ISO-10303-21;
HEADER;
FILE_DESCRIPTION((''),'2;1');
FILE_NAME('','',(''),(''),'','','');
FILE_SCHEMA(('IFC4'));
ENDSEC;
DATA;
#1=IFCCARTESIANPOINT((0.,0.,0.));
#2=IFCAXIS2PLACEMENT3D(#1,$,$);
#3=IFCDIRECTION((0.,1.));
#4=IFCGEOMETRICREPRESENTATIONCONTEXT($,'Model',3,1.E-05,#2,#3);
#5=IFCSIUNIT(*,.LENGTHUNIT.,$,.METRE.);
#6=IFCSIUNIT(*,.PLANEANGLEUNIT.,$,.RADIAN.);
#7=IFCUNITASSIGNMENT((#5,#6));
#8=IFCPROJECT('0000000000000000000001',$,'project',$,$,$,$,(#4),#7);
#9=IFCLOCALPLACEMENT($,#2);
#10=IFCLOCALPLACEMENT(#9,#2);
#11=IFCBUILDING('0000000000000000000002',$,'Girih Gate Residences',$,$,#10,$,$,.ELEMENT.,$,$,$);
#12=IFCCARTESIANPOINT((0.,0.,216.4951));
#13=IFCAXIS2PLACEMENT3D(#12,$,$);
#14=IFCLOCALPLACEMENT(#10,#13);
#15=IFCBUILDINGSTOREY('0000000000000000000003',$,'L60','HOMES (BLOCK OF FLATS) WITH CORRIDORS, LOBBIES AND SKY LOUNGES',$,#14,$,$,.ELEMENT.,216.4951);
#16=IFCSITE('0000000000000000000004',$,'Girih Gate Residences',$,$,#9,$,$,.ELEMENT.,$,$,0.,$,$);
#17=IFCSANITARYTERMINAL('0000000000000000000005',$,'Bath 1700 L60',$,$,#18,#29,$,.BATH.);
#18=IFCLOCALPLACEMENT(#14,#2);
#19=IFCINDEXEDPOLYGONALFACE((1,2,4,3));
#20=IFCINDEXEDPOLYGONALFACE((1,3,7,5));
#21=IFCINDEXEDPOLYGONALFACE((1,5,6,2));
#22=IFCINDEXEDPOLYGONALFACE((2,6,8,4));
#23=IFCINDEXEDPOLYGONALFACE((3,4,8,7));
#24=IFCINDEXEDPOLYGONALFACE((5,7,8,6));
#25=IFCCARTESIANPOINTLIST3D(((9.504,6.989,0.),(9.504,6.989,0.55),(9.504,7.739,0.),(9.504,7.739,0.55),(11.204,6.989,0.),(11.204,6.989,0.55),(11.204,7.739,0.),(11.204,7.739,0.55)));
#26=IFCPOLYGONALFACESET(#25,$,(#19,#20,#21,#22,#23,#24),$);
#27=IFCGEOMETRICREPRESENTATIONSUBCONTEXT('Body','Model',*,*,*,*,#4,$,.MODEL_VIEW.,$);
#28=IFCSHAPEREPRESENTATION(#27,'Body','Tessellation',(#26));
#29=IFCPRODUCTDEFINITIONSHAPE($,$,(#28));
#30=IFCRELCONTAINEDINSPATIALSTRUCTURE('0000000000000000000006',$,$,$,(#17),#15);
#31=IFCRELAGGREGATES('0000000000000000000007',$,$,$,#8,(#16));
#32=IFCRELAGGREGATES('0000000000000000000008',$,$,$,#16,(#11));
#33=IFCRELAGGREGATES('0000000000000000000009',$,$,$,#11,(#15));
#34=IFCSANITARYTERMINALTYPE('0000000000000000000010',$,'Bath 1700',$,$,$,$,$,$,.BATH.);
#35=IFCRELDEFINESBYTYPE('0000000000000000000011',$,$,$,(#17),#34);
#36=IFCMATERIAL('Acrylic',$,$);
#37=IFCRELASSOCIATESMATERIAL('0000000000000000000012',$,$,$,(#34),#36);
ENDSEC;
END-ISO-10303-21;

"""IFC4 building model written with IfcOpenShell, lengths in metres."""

from ifc_helpers import new_model, si_unit, direction, frame, origin, origin_2d, place, context, subcontext, project, spatial, rectangle, extrude, material, type_object, element, save


model = new_model("IFC4")

# Units and contexts
model_context = context("Model", 3, precision=1e-05, world=origin(), true_north=direction((0.0, 1.0)))
body_context = subcontext(model_context, "Body", "Model", "MODEL_VIEW")
ifc_project = project(units=[si_unit("LENGTHUNIT", "METRE"), si_unit("PLANEANGLEUNIT", "RADIAN")], contexts=[model_context])

# Site, building, storey
site_placement = place(None, origin())
site = spatial("IfcSite", under=ifc_project, at=site_placement, Name="Girih Gate Residences", CompositionType="ELEMENT", RefElevation=0.0)
building_placement = place(site_placement, origin())
building = spatial("IfcBuilding", under=site, at=building_placement, Name="Girih Gate Residences", CompositionType="ELEMENT")
storey_placement = place(building_placement, frame((0.0, 0.0, 216.4951)))
storey = spatial("IfcBuildingStorey", under=building, at=storey_placement, Name="L60", Description="HOMES (BLOCK OF FLATS) WITH CORRIDORS, LOBBIES AND SKY LOUNGES", CompositionType="ELEMENT", Elevation=216.4951)

# Sanitary terminal
ifc_material_1 = material(Name="Acrylic")
sanitary_terminal_type = type_object("IfcSanitaryTerminalType", Name="Bath 1700", PredefinedType="BATH", material=ifc_material_1)
sanitary_terminal_placement = place(storey_placement, frame((10.354, 7.364, 0.0), z_axis=(0.0, 0.0, 1.0), x_axis=(1.0, 0.0, 0.0)))
element("IfcSanitaryTerminal", 1, at=sanitary_terminal_placement, inside=storey, type_object=sanitary_terminal_type, Name="Bath 1700 L60", PredefinedType="BATH", context=body_context, shape_type="SweptSolid", body=[
    extrude(rectangle(XDim=1.7, YDim=0.75, at=origin_2d()), origin(), (0.0, 0.0, 1.0), 0.55),
])

save(model, "model.ifc")
